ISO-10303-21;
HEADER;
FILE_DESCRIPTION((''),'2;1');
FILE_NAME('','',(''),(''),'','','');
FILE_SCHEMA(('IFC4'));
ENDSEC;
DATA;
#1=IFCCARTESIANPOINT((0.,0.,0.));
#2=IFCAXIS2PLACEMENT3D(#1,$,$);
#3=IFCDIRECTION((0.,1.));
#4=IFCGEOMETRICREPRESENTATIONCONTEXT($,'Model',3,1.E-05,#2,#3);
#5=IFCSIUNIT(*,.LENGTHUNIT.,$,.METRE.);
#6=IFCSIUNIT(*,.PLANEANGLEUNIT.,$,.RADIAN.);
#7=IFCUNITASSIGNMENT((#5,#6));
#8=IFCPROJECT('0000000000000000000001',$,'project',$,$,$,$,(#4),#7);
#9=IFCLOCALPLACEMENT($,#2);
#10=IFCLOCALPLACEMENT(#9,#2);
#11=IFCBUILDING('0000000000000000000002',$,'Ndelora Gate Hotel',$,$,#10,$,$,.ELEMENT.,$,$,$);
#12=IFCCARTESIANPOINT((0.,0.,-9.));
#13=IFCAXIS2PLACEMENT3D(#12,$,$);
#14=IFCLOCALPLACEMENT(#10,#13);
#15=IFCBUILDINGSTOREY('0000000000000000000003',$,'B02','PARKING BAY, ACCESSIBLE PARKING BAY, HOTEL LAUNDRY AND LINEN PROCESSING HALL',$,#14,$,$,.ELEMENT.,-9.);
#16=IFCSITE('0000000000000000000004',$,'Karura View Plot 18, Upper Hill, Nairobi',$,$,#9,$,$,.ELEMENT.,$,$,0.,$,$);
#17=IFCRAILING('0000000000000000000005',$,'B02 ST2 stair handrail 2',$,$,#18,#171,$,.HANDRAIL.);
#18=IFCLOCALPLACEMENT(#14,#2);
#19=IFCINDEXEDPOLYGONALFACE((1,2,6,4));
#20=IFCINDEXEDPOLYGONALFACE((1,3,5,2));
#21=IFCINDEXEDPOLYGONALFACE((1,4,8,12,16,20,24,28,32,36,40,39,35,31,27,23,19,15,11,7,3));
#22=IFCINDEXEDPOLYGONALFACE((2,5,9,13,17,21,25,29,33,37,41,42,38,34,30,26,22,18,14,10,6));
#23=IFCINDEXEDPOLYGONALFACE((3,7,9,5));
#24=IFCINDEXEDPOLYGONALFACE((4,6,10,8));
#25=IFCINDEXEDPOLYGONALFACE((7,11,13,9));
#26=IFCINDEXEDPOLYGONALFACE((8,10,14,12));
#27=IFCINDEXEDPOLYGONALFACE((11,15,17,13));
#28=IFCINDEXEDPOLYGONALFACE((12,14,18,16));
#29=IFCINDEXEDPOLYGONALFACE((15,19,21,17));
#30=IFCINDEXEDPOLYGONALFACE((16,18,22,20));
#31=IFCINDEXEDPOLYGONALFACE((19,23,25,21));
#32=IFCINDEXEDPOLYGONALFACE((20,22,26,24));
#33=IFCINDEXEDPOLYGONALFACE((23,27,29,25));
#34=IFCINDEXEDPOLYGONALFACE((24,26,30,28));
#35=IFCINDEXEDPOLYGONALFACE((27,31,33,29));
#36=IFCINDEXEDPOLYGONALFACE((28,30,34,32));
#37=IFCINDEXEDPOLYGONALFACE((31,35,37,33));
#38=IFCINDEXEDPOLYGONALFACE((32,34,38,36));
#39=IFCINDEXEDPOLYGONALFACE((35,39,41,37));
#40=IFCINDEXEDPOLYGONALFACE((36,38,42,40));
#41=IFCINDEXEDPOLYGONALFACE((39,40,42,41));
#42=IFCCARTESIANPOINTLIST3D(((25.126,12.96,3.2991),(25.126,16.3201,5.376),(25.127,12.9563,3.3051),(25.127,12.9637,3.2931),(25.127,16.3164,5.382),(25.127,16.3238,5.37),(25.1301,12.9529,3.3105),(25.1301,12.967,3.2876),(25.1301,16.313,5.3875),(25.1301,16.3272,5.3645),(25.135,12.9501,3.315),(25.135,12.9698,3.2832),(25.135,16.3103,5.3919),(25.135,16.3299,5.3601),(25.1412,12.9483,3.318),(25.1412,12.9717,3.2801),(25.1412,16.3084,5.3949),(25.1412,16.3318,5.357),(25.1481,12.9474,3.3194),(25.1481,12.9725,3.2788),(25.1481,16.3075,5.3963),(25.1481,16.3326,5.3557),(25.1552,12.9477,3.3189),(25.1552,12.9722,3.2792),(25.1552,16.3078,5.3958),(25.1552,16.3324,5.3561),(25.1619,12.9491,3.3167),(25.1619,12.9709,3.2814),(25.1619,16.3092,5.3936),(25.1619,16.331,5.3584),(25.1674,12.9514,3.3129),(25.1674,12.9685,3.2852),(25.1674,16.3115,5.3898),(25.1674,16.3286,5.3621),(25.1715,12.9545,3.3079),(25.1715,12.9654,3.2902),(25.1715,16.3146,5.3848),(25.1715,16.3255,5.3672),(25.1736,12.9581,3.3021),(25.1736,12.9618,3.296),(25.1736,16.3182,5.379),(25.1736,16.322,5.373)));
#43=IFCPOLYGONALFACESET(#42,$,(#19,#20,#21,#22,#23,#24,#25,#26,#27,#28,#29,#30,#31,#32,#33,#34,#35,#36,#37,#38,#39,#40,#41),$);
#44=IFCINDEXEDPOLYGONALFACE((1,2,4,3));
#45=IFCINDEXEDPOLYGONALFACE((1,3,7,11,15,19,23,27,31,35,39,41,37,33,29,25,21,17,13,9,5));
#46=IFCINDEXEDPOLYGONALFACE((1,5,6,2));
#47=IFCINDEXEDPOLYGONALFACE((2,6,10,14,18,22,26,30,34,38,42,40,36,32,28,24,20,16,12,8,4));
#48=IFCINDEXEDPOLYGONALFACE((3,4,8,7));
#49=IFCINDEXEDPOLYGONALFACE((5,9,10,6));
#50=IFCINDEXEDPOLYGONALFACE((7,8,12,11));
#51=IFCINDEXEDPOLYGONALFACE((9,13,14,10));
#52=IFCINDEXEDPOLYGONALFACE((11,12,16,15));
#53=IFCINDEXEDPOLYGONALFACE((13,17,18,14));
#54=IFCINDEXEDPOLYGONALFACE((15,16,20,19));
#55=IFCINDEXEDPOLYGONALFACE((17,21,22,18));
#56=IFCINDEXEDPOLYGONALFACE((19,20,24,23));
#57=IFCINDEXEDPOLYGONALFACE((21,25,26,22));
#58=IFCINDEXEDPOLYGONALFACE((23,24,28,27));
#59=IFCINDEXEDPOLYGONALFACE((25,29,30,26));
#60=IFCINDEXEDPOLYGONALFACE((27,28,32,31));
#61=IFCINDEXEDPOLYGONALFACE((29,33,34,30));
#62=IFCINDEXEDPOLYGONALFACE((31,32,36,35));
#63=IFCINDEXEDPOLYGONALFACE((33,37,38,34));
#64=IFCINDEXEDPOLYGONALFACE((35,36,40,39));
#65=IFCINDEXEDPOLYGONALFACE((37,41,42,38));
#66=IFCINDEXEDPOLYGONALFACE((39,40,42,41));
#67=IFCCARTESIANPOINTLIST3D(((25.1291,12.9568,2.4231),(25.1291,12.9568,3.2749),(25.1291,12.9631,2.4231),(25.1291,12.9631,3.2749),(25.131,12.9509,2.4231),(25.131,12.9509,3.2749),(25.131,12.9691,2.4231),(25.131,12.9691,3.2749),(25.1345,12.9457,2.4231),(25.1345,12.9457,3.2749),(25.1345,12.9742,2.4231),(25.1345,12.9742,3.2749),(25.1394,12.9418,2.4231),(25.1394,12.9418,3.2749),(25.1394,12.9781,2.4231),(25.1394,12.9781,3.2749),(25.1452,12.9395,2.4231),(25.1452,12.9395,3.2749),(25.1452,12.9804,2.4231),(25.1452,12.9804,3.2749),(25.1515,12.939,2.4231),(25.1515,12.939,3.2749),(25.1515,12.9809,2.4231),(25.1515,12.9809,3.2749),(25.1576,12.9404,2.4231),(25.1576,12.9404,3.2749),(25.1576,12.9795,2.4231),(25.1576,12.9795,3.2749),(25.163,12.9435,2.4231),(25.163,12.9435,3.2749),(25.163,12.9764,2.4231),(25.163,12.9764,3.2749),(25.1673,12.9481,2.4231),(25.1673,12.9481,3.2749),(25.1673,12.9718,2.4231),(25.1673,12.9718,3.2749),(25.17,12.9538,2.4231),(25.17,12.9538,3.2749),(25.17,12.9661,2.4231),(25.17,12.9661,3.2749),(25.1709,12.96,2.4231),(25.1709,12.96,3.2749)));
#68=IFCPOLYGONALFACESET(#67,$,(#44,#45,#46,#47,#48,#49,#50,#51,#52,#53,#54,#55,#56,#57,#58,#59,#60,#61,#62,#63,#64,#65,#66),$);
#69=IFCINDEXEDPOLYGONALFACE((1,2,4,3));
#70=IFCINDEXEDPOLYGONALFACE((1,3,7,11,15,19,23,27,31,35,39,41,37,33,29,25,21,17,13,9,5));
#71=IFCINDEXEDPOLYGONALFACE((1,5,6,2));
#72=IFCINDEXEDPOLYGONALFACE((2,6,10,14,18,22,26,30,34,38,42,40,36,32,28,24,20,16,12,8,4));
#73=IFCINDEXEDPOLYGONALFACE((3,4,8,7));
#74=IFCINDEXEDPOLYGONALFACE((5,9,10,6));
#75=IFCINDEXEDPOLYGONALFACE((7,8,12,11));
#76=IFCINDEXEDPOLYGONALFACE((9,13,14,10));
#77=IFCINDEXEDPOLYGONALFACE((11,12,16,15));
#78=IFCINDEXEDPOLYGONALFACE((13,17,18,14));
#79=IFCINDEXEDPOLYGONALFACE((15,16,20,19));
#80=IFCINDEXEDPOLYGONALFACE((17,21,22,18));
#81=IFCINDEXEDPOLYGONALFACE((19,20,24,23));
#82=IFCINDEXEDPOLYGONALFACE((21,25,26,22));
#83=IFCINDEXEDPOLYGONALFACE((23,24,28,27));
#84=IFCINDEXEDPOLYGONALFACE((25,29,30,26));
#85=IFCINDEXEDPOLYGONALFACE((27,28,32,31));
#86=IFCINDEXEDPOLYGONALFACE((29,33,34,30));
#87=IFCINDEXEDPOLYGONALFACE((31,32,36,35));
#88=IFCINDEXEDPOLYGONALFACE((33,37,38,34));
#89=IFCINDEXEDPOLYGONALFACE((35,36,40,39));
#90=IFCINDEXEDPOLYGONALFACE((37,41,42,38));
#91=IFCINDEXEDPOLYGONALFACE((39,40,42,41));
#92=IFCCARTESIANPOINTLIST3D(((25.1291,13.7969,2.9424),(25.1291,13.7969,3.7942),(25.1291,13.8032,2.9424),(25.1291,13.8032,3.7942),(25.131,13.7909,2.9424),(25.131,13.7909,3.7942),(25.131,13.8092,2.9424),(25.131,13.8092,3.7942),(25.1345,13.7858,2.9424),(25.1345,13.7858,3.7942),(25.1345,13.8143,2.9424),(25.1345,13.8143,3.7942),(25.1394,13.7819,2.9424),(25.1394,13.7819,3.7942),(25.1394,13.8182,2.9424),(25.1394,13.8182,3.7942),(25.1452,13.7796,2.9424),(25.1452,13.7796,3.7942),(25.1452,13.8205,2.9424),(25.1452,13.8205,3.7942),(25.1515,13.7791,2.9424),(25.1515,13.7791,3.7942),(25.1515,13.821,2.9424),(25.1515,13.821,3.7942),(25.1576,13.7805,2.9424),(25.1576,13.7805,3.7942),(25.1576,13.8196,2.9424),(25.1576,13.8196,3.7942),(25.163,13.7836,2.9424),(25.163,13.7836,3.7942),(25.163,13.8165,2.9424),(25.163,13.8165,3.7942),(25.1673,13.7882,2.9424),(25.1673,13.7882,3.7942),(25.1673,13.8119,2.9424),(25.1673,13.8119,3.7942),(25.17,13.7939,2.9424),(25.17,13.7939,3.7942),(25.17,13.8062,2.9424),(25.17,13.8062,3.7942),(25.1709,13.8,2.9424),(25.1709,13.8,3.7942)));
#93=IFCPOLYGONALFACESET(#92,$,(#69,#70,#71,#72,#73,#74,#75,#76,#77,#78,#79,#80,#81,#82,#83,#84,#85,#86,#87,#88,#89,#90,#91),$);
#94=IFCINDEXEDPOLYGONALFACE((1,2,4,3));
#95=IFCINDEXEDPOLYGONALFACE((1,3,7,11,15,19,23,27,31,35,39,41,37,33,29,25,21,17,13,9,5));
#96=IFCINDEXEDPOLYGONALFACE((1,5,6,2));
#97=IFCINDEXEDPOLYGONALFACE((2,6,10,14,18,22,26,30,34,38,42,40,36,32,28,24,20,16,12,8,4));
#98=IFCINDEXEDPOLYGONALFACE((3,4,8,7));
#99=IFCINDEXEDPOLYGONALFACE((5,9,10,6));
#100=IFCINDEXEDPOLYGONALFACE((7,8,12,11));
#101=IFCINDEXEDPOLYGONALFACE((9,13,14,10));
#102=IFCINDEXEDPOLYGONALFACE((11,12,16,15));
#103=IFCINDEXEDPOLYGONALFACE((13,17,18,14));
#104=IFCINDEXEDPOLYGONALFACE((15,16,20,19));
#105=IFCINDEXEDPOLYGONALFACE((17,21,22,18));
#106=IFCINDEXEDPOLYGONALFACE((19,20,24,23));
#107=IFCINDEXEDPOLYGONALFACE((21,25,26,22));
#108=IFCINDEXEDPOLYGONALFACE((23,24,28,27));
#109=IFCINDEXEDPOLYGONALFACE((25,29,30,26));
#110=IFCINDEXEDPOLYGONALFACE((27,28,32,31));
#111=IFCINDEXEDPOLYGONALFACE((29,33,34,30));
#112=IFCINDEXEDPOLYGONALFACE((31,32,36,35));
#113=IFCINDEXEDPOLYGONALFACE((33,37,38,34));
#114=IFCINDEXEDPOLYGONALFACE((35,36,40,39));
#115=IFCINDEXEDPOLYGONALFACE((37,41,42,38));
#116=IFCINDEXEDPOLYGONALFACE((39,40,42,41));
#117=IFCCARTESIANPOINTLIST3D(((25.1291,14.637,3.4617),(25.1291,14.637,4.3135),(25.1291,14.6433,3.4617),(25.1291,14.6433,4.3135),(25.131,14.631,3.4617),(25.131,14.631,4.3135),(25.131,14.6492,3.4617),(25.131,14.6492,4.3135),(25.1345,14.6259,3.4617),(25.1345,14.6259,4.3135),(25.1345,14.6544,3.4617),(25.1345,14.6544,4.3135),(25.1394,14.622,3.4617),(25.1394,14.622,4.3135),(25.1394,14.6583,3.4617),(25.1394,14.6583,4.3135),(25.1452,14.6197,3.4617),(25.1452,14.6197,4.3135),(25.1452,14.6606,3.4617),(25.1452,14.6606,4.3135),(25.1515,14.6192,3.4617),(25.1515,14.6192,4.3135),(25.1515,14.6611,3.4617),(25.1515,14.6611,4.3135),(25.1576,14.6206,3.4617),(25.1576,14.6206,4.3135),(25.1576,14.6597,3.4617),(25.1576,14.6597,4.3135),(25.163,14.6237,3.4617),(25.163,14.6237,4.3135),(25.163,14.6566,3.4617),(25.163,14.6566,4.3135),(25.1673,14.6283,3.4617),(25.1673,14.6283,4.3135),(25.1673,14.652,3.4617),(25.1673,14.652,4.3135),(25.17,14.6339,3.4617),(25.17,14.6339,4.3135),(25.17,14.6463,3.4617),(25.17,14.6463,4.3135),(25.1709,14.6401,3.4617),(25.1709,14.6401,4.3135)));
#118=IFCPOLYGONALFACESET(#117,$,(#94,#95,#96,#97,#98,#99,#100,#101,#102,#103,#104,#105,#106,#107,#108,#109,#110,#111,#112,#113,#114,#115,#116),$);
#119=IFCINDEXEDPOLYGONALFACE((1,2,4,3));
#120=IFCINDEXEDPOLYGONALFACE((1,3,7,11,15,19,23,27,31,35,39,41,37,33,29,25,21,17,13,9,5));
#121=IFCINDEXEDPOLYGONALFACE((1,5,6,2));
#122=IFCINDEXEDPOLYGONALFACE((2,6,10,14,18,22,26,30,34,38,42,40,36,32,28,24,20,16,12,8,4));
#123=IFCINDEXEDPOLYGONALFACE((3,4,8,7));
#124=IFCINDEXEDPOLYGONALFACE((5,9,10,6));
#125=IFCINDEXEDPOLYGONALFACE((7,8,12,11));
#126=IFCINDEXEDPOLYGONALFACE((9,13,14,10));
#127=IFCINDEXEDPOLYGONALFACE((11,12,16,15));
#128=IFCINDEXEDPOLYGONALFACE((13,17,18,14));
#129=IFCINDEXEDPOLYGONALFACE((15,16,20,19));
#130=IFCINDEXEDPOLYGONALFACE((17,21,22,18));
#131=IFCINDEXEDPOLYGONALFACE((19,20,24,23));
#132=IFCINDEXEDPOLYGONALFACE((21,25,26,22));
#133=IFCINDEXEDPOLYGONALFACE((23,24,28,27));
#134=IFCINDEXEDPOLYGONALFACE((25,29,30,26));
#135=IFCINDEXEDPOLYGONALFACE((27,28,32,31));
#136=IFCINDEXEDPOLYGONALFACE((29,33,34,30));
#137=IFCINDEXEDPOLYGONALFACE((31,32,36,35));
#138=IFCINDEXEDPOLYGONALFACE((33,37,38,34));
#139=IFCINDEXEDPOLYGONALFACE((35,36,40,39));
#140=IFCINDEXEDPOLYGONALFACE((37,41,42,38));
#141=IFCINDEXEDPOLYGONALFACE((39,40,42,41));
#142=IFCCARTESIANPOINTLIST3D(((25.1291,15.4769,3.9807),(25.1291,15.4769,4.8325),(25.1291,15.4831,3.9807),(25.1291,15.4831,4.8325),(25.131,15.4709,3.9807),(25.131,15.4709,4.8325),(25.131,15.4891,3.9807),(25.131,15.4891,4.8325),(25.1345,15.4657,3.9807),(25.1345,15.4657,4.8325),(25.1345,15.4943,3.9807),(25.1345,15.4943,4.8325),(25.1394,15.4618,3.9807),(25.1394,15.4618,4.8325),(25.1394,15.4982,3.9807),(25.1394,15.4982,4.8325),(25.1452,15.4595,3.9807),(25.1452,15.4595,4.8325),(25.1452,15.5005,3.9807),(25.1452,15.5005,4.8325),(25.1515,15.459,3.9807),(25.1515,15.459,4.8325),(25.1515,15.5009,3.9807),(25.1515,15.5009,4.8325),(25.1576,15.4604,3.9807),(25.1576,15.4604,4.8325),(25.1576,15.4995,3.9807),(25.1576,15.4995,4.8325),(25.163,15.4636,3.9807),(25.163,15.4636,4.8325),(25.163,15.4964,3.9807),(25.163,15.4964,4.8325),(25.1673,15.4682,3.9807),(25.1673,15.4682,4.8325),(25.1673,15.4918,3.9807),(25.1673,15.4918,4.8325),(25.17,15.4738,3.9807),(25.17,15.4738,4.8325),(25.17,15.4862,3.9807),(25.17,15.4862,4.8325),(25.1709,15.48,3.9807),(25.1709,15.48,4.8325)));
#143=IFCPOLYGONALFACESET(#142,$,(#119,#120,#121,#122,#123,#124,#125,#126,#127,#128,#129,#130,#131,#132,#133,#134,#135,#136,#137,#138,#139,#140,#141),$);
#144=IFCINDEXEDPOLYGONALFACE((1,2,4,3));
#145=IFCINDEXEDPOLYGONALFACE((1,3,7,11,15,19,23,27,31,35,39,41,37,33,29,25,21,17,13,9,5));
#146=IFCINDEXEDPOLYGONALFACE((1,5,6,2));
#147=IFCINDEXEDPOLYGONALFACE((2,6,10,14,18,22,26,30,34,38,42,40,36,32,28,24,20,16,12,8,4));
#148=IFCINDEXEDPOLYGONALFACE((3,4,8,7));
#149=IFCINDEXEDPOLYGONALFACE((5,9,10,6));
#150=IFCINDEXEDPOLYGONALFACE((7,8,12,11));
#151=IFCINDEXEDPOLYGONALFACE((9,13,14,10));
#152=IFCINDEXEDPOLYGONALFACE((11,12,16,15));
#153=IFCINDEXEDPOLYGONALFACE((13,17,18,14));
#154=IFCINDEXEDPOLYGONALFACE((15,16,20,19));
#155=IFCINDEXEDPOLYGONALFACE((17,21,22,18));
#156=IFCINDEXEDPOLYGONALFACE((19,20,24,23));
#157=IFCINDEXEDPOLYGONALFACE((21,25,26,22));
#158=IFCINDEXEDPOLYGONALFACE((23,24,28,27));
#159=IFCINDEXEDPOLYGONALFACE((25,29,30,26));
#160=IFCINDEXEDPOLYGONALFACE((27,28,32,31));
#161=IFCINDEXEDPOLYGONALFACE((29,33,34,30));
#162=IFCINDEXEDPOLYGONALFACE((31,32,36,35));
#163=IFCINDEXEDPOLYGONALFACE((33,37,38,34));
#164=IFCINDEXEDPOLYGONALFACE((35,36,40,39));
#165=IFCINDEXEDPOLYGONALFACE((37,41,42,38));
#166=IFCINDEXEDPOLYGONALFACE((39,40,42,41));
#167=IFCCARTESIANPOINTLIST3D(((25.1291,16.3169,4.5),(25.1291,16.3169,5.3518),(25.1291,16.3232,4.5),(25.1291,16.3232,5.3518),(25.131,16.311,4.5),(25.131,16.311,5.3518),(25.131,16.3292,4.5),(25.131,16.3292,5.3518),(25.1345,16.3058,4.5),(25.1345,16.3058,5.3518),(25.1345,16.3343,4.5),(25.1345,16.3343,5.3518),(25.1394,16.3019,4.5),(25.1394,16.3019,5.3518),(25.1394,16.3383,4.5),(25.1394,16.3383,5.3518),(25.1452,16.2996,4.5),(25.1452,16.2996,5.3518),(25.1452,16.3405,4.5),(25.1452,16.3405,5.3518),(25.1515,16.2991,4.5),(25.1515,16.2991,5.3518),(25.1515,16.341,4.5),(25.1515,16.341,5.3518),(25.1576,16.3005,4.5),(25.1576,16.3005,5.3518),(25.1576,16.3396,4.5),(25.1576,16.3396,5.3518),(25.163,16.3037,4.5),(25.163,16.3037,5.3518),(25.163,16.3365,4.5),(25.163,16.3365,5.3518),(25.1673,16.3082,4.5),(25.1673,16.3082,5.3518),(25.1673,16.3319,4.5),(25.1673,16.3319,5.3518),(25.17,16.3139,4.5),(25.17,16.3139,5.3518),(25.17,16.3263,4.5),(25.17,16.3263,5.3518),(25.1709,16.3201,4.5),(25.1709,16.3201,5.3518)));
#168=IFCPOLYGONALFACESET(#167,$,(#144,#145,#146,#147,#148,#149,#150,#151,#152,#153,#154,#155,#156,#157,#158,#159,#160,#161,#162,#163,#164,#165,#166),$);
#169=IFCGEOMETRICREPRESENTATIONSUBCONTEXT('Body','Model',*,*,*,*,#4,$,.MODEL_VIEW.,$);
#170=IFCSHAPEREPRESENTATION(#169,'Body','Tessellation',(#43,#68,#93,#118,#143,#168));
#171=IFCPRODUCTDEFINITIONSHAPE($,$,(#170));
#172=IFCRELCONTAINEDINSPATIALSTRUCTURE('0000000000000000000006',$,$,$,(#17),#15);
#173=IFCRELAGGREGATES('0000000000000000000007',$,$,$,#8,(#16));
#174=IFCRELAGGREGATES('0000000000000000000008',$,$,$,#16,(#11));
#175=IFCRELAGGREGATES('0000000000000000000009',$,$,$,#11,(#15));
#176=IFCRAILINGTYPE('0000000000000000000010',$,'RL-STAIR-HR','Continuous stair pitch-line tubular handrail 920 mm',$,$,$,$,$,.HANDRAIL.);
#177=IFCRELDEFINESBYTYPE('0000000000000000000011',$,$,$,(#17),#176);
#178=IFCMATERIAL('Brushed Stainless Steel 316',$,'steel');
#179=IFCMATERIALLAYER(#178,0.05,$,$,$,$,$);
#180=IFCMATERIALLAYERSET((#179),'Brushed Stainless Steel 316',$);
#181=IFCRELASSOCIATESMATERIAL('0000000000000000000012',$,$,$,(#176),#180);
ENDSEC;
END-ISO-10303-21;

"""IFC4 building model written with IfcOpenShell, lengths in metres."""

from ifc_helpers import new_model, si_unit, direction, frame, origin, origin_2d, place, context, subcontext, project, spatial, circle, extrude, material, layer, layer_set, type_object, element, save


model = new_model("IFC4")

# Units and contexts
model_context = context("Model", 3, precision=1e-05, world=origin(), true_north=direction((0.0, 1.0)))
body_context = subcontext(model_context, "Body", "Model", "MODEL_VIEW")
ifc_project = project(units=[si_unit("LENGTHUNIT", "METRE"), si_unit("PLANEANGLEUNIT", "RADIAN")], contexts=[model_context])

# Site, building, storey
site_placement = place(None, origin())
site = spatial("IfcSite", under=ifc_project, at=site_placement, Name="Karura View Plot 18, Upper Hill, Nairobi", CompositionType="ELEMENT", RefElevation=0.0)
building_placement = place(site_placement, origin())
building = spatial("IfcBuilding", under=site, at=building_placement, Name="Ndelora Gate Hotel", CompositionType="ELEMENT")
storey_placement = place(building_placement, frame((0.0, 0.0, -9.0)))
storey = spatial("IfcBuildingStorey", under=building, at=storey_placement, Name="B02", Description="PARKING BAY, ACCESSIBLE PARKING BAY, HOTEL LAUNDRY AND LINEN PROCESSING HALL", CompositionType="ELEMENT", Elevation=-9.0)

# Railing
ifc_material_1 = material(Name="Brushed Stainless Steel 316", Category="steel")
ifc_layer_1 = layer(ifc_material_1, 0.05)
ifc_layer_set_1 = layer_set([ifc_layer_1], Name="Brushed Stainless Steel 316")
railing_type_1 = type_object("IfcRailingType", Name="RL-STAIR-HR", Description="Continuous stair pitch-line tubular handrail 920 mm", PredefinedType="HANDRAIL", material=ifc_layer_set_1)
railing_1_placement = place(storey_placement, frame((25.1499, 12.96, 2.4231)))
element("IfcRailing", 1, at=railing_1_placement, inside=storey, type_object=railing_type_1, Name="B02 ST2 stair handrail 2", PredefinedType="HANDRAIL", context=body_context, shape_type="SweptSolid", body=[
    extrude(circle(Radius=0.0239, at=origin_2d()), frame((0.0, 0.0, 0.876), z_axis=(0.0, 0.850623, 0.525776), x_axis=(-1.0, 0.0, 0.0)), (0.0, 0.0, 1.0), 3.9502),
    extrude(circle(Radius=0.021, at=origin_2d()), origin(), (0.0, 0.0, 1.0), 0.8518),
    extrude(circle(Radius=0.021, at=origin_2d()), frame((0.0, 0.8401, 0.5193)), (0.0, 0.0, 1.0), 0.8518),
    extrude(circle(Radius=0.021, at=origin_2d()), frame((0.0, 1.6802, 1.0386)), (0.0, 0.0, 1.0), 0.8518),
    extrude(circle(Radius=0.021, at=origin_2d()), frame((0.0, 2.52, 1.5576)), (0.0, 0.0, 1.0), 0.8518),
    extrude(circle(Radius=0.021, at=origin_2d()), frame((0.0, 3.3601, 2.0769)), (0.0, 0.0, 1.0), 0.8518),
])

save(model, "model.ifc")
